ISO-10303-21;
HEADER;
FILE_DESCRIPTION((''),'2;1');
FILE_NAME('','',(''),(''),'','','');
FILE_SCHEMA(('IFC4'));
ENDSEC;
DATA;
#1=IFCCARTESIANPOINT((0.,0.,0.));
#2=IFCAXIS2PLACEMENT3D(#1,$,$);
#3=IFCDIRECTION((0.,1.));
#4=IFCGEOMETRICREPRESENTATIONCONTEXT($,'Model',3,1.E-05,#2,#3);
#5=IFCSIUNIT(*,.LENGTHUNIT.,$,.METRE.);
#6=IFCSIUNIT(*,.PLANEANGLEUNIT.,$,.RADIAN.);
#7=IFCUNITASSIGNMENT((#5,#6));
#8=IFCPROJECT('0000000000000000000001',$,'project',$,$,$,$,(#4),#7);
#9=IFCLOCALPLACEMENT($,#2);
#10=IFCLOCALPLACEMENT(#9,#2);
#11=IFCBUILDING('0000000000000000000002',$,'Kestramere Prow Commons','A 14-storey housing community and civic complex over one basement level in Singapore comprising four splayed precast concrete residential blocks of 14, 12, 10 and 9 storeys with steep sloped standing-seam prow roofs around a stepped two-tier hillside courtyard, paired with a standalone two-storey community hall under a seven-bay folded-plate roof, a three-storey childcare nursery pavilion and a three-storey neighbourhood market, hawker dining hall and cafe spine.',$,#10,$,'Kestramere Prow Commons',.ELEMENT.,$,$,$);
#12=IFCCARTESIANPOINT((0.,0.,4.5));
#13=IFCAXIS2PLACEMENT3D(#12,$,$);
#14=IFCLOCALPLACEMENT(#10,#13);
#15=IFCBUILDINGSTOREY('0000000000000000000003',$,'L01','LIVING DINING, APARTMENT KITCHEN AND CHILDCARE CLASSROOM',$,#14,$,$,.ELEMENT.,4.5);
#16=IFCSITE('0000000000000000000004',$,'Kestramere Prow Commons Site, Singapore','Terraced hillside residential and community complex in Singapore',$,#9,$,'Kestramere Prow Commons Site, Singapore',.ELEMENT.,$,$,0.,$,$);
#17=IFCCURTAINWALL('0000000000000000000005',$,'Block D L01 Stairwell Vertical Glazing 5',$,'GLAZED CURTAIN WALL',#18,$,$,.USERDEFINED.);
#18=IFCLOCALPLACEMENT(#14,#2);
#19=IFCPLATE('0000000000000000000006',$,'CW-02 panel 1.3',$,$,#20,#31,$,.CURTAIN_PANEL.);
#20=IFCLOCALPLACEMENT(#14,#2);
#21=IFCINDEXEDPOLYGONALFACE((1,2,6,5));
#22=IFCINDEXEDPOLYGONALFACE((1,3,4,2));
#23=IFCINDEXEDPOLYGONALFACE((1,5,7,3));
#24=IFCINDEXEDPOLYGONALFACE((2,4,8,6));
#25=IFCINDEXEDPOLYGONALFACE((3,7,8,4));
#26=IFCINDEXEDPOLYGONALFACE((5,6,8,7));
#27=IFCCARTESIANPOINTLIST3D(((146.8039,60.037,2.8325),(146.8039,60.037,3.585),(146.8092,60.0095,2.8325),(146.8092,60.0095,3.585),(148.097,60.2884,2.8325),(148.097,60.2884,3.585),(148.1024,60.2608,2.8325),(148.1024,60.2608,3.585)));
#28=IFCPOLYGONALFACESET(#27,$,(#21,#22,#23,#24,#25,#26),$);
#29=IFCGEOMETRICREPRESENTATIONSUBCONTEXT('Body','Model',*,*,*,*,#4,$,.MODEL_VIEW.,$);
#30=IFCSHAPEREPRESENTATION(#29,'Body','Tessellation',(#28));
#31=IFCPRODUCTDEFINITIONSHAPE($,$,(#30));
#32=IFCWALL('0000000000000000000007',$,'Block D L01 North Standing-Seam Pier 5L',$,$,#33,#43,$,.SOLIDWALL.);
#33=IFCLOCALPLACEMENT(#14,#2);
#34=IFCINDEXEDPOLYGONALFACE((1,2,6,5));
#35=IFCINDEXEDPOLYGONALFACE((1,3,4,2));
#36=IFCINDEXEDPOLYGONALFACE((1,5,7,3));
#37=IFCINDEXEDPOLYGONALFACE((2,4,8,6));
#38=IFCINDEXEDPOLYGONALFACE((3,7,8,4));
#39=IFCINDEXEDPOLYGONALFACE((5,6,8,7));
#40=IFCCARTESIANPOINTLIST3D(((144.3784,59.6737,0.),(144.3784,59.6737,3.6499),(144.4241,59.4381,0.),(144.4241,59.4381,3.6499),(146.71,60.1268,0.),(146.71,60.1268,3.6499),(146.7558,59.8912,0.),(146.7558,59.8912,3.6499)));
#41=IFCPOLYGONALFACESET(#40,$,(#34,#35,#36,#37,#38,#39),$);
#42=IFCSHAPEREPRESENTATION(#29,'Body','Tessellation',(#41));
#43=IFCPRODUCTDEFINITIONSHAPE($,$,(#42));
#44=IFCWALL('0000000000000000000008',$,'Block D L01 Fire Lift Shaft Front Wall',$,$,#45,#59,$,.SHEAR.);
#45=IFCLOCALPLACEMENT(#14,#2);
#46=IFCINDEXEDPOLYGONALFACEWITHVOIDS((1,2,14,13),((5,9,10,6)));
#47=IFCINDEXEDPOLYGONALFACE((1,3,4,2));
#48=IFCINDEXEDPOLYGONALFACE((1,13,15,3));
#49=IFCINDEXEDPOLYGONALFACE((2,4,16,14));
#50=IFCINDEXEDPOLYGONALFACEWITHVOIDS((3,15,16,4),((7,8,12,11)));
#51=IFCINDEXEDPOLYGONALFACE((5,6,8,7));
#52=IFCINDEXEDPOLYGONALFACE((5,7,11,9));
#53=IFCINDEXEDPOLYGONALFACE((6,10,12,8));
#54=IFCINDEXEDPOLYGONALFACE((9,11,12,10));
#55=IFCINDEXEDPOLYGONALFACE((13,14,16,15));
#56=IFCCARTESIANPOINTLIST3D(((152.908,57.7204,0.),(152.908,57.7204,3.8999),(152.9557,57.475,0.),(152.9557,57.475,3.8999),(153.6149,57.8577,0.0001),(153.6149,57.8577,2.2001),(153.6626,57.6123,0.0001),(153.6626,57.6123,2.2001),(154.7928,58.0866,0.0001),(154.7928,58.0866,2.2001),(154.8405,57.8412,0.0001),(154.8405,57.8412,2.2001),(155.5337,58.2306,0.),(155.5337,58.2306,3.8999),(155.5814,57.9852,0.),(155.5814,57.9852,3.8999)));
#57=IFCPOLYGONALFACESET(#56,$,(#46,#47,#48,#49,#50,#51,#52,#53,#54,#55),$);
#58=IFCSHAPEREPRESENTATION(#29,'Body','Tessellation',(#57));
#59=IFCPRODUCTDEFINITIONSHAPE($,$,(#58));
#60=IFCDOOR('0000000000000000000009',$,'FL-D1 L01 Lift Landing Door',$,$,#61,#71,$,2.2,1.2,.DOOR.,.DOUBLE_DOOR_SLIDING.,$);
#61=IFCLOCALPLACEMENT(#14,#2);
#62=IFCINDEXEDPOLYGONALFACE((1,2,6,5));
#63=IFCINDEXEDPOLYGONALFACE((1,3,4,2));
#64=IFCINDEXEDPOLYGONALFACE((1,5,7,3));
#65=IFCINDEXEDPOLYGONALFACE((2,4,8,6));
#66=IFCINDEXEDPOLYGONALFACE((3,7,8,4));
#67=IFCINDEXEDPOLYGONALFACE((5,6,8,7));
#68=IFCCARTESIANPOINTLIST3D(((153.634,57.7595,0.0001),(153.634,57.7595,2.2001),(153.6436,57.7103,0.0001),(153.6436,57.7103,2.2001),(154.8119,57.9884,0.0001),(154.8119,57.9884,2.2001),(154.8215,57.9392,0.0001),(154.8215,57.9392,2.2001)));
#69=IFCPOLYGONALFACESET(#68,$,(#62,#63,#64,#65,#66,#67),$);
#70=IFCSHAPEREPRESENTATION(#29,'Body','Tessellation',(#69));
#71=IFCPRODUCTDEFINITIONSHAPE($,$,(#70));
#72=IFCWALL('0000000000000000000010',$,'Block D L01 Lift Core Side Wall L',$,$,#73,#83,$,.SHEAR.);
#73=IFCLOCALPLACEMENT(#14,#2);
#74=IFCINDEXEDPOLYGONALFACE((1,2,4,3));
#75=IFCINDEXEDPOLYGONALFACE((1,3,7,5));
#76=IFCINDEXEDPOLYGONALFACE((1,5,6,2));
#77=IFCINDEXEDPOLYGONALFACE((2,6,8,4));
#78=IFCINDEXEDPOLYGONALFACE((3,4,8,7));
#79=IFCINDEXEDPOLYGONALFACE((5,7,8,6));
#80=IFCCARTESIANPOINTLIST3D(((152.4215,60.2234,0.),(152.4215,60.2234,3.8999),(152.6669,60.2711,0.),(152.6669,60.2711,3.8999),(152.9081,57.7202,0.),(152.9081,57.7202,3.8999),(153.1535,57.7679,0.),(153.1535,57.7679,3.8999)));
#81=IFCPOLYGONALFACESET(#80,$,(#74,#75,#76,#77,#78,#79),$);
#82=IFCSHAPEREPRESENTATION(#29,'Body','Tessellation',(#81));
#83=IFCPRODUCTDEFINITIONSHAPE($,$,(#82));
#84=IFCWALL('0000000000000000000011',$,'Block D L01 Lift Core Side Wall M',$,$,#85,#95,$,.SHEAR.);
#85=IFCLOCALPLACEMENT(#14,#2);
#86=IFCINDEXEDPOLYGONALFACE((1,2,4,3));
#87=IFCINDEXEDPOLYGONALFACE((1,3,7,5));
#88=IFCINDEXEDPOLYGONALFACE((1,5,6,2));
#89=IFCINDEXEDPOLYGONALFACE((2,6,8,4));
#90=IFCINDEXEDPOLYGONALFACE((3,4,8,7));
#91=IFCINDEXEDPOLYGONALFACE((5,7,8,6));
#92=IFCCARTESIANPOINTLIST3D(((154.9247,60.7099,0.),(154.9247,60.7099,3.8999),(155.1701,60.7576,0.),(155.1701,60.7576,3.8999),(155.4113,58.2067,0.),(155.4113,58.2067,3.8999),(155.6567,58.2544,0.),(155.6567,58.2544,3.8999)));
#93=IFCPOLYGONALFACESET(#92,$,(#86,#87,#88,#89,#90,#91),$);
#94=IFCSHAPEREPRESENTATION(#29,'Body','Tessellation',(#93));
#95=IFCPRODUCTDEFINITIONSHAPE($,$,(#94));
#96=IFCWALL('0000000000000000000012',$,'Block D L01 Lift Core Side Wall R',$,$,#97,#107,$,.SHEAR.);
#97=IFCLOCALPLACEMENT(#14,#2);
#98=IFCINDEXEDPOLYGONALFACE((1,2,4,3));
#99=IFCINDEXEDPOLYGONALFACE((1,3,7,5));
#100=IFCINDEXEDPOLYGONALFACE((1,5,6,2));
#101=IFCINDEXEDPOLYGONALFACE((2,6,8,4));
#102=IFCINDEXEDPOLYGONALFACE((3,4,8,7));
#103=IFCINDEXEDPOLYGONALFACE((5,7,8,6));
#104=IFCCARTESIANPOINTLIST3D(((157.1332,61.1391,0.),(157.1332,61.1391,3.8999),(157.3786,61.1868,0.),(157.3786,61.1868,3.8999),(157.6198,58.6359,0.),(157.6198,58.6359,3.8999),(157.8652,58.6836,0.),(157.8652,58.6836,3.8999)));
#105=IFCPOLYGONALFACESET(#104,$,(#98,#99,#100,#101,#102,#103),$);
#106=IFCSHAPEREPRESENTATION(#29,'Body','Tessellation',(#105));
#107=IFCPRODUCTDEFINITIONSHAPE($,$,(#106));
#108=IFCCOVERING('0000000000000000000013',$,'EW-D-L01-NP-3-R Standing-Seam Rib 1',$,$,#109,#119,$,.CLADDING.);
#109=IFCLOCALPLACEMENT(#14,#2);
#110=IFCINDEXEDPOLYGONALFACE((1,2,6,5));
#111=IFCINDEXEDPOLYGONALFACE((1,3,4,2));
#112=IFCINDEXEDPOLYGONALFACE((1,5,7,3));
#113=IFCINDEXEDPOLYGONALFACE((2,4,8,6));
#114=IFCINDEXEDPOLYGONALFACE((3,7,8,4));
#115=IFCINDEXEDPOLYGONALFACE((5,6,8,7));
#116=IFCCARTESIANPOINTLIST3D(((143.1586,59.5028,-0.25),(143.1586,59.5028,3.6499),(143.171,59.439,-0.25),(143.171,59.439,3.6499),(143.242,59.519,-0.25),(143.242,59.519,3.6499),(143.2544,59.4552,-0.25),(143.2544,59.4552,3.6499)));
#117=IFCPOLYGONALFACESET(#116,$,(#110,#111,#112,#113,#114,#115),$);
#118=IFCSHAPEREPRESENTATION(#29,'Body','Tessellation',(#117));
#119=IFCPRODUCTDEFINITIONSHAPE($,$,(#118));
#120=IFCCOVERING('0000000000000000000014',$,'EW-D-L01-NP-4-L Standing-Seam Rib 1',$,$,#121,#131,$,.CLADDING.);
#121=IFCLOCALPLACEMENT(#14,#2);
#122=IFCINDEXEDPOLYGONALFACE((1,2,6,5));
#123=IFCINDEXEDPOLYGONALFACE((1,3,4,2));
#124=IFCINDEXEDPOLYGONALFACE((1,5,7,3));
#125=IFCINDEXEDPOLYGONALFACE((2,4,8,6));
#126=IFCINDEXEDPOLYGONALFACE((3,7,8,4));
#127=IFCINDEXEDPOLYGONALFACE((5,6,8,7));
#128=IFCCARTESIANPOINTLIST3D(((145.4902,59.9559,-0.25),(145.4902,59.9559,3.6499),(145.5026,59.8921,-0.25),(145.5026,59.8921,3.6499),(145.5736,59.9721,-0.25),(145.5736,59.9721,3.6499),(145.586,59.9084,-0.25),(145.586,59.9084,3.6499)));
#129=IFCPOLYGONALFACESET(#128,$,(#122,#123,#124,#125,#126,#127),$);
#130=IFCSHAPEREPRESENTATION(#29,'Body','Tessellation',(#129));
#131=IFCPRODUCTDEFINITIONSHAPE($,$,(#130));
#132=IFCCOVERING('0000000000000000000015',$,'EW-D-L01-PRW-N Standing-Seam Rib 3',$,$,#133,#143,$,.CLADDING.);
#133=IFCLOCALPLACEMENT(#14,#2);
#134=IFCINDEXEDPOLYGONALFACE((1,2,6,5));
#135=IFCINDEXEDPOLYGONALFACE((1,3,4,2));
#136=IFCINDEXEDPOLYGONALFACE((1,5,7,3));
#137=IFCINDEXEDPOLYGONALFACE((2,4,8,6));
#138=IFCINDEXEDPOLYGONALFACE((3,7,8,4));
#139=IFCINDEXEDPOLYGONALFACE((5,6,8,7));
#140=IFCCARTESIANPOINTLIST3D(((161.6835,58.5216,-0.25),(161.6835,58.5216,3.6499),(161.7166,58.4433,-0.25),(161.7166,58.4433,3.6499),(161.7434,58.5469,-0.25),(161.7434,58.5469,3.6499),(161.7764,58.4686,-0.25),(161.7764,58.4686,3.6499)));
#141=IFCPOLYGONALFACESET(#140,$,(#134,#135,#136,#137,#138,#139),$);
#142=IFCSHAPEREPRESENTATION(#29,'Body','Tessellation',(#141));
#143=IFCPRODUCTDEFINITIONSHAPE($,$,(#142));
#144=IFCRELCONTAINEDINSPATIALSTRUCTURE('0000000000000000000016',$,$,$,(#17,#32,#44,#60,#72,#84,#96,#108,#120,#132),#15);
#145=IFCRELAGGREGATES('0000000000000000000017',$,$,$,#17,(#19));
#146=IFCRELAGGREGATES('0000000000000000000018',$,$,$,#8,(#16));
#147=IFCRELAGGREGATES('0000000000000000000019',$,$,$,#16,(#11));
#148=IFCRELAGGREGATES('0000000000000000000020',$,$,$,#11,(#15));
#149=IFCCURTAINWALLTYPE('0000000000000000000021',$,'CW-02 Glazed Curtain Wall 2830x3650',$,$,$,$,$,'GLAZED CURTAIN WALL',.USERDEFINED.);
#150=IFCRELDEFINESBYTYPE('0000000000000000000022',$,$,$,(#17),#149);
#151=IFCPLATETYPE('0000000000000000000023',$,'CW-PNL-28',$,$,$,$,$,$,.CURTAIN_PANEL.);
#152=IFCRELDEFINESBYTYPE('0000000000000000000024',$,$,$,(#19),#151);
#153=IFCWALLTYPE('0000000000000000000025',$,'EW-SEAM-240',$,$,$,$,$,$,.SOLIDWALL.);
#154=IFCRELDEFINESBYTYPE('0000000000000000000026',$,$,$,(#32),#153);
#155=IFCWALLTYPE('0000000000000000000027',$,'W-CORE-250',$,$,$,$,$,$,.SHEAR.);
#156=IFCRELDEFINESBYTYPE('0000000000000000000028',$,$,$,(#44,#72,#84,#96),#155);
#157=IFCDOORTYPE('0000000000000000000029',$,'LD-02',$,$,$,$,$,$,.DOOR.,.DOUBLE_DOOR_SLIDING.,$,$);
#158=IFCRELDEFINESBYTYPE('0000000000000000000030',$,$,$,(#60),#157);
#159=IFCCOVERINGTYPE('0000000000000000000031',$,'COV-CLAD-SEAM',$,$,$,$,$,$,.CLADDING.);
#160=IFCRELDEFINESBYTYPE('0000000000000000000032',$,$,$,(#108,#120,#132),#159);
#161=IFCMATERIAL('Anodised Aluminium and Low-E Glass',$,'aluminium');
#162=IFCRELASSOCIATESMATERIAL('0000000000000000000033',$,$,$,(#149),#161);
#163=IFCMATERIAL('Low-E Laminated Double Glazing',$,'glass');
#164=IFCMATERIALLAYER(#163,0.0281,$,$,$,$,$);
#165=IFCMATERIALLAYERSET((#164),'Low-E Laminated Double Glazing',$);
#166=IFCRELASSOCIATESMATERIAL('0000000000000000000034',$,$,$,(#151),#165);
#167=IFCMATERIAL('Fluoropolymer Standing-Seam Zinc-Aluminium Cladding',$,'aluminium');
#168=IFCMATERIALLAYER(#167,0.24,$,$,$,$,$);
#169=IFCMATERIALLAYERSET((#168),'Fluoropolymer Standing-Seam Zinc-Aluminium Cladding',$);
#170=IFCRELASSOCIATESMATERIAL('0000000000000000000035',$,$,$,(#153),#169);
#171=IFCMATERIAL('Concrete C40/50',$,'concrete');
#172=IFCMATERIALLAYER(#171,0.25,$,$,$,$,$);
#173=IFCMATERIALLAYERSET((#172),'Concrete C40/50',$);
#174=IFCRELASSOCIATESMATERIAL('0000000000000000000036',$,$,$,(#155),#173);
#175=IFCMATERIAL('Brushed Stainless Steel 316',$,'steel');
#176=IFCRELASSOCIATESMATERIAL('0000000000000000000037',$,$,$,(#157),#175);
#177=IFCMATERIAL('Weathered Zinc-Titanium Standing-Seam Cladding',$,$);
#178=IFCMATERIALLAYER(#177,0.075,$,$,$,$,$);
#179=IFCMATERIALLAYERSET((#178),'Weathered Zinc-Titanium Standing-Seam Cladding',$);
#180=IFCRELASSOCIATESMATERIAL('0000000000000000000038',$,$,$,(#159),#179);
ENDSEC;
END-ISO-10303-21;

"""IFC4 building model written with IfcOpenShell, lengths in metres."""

from ifc_helpers import new_model, si_unit, direction, frame, frame_2d, origin, origin_2d, place, context, subcontext, project, spatial, rectangle, extrude, material, layer, layer_set, type_object, element, fill, aggregate, save


model = new_model("IFC4")

# Units and contexts
model_context = context("Model", 3, precision=1e-05, world=origin(), true_north=direction((0.0, 1.0)))
body_context = subcontext(model_context, "Body", "Model", "MODEL_VIEW")
ifc_project = project(units=[si_unit("LENGTHUNIT", "METRE"), si_unit("PLANEANGLEUNIT", "RADIAN")], contexts=[model_context])

# Site, building, storey
site_placement = place(None, origin())
site = spatial("IfcSite", under=ifc_project, at=site_placement, Name="Kestramere Prow Commons Site, Singapore", Description="Terraced hillside residential and community complex in Singapore", LongName="Kestramere Prow Commons Site, Singapore", CompositionType="ELEMENT", RefElevation=0.0)
building_placement = place(site_placement, origin())
building = spatial("IfcBuilding", under=site, at=building_placement, Name="Kestramere Prow Commons", Description="A 14-storey housing community and civic complex over one basement level in Singapore comprising four splayed precast concrete residential blocks of 14, 12, 10 and 9 storeys with steep sloped standing-seam prow roofs around a stepped two-tier hillside courtyard, paired with a standalone two-storey community hall under a seven-bay folded-plate roof, a three-storey childcare nursery pavilion and a three-storey neighbourhood market, hawker dining hall and cafe spine.", LongName="Kestramere Prow Commons", CompositionType="ELEMENT")
storey_placement = place(building_placement, frame((0.0, 0.0, 4.5)))
storey = spatial("IfcBuildingStorey", under=building, at=storey_placement, Name="L01", Description="LIVING DINING, APARTMENT KITCHEN AND CHILDCARE CLASSROOM", CompositionType="ELEMENT", Elevation=4.5)

# Curtain wall
ifc_material_1 = material(Name="Anodised Aluminium and Low-E Glass", Category="aluminium")
curtain_wall_type = type_object("IfcCurtainWallType", Name="CW-02 Glazed Curtain Wall 2830x3650", ElementType="GLAZED CURTAIN WALL", PredefinedType="USERDEFINED", material=ifc_material_1)
curtain_wall_placement = place(storey_placement, origin())
curtain_wall = element("IfcCurtainWall", 1, at=curtain_wall_placement, inside=storey, type_object=curtain_wall_type, Name="Block D L01 Stairwell Vertical Glazing 5", ObjectType="GLAZED CURTAIN WALL", PredefinedType="USERDEFINED")

# Plate
ifc_material_2 = material(Name="Low-E Laminated Double Glazing", Category="glass")
ifc_layer_1 = layer(ifc_material_2, 0.0281)
ifc_layer_set_1 = layer_set([ifc_layer_1], Name="Low-E Laminated Double Glazing")
plate_type = type_object("IfcPlateType", Name="CW-PNL-28", PredefinedType="CURTAIN_PANEL", material=ifc_layer_set_1)
plate_1_placement = place(storey_placement, frame((147.4531, 60.1489, 2.8325), z_axis=(0.0, 0.0, 1.0), x_axis=(0.981627, 0.190809, 0.0)))
plate_1 = element("IfcPlate", 2, at=plate_1_placement, type_object=plate_type, Name="CW-02 panel 1.3", PredefinedType="CURTAIN_PANEL", context=body_context, shape_type="SweptSolid", body=[
    extrude(rectangle(XDim=1.3174, YDim=0.0281, at=origin_2d()), origin(), (0.0, 0.0, 1.0), 0.7524),
])
aggregate(curtain_wall, [plate_1])

# Wall
ifc_material_3 = material(Name="Fluoropolymer Standing-Seam Zinc-Aluminium Cladding", Category="aluminium")
ifc_layer_2 = layer(ifc_material_3, 0.24)
ifc_layer_set_2 = layer_set([ifc_layer_2], Name="Fluoropolymer Standing-Seam Zinc-Aluminium Cladding")
wall_type_1 = type_object("IfcWallType", Name="EW-SEAM-240", PredefinedType="SOLIDWALL", material=ifc_layer_set_2)
wall_1_placement = place(storey_placement, frame((144.4014, 59.5559, 0.0), z_axis=(0.0, 0.0, 1.0), x_axis=(0.981634, 0.190776, 0.0)))
element("IfcWall", 3, at=wall_1_placement, inside=storey, type_object=wall_type_1, Name="Block D L01 North Standing-Seam Pier 5L", PredefinedType="SOLIDWALL", context=body_context, shape_type="SweptSolid", body=[
    extrude(rectangle(XDim=2.3752, YDim=0.24, at=frame_2d((1.1875, 0.0))), origin(), (0.0, 0.0, 1.0), 3.6499),
])

# Wall, opening, door
ifc_material_4 = material(Name="Concrete C40/50", Category="concrete")
ifc_layer_3 = layer(ifc_material_4, 0.25)
ifc_layer_set_3 = layer_set([ifc_layer_3], Name="Concrete C40/50")
wall_type_2 = type_object("IfcWallType", Name="W-CORE-250", PredefinedType="SHEAR", material=ifc_layer_set_3)
wall_2_placement = place(storey_placement, frame((152.9319, 57.5977, 0.0), z_axis=(0.0, 0.0, 1.0), x_axis=(0.981637, 0.19076, 0.0)))
wall_2 = element("IfcWall", 4, at=wall_2_placement, inside=storey, type_object=wall_type_2, Name="Block D L01 Fire Lift Shaft Front Wall", PredefinedType="SHEAR", context=body_context, shape_type="SweptSolid", body=[
    extrude(rectangle(XDim=2.6748, YDim=0.25, at=frame_2d((1.3374, 0.0))), origin(), (0.0, 0.0, 1.0), 3.8999),
])
opening_1_placement = place(wall_2_placement, frame((0.72, 0.0, 0.0)))
opening_1 = element("IfcOpeningElement", 5, at=opening_1_placement, cuts=wall_2, PredefinedType="OPENING", context=body_context, shape_type="SweptSolid", body=[
    extrude(rectangle(XDim=1.2, YDim=2.2, at=frame_2d((0.6001, 1.1001))), frame((0.0, 0.1399, 0.0), z_axis=(0.0, -1.0, 0.0), x_axis=(1.0, 0.0, 0.0)), (0.0, 0.0, 1.0), 0.28),
])
ifc_material_5 = material(Name="Brushed Stainless Steel 316", Category="steel")
door_type_1 = type_object("IfcDoorType", Name="LD-02", OperationType="DOUBLE_DOOR_SLIDING", PredefinedType="DOOR", material=ifc_material_5)
door_1_placement = place(opening_1_placement, origin())
door_1 = element("IfcDoor", 6, at=door_1_placement, inside=storey, type_object=door_type_1, Name="FL-D1 L01 Lift Landing Door", OperationType="DOUBLE_DOOR_SLIDING", OverallHeight=2.2, OverallWidth=1.2, PredefinedType="DOOR", context=body_context, shape_type="SweptSolid", body=[
    extrude(rectangle(XDim=1.2, YDim=2.2, at=frame_2d((0.6001, 1.1001))), frame((0.0, 0.0249, 0.0), z_axis=(0.0, -1.0, 0.0), x_axis=(1.0, 0.0, 0.0)), (0.0, 0.0, 1.0), 0.05),
])
fill(opening_1, door_1)

# Walls
for number, where, z_axis, x_axis, name in (
    (7, (153.0308, 57.7441, 0.0), (0.0, 0.0, 1.0), (-0.190811, 0.981627, 0.0), "Block D L01 Lift Core Side Wall L"),
    (8, (155.5339, 58.2307, 0.0), (0.0, 0.0, 1.0), (-0.190811, 0.981627, 0.0), "Block D L01 Lift Core Side Wall M"),
    (9, (157.7424, 58.6599, 0.0), (0.0, 0.0, 1.0), (-0.190811, 0.981627, 0.0), "Block D L01 Lift Core Side Wall R"),
):
    element("IfcWall", number, at=place(storey_placement, frame(where, z_axis=z_axis, x_axis=x_axis)), inside=storey, type_object=wall_type_2, Name=name, PredefinedType="SHEAR", context=body_context, shape_type="SweptSolid", body=[
        extrude(rectangle(XDim=2.55, YDim=0.25, at=frame_2d((1.2749, 0.0))), origin(), (0.0, 0.0, 1.0), 3.8999),
    ])

# Coverings
ifc_material_6 = material(Name="Weathered Zinc-Titanium Standing-Seam Cladding")
ifc_layer_4 = layer(ifc_material_6, 0.075)
ifc_layer_set_4 = layer_set([ifc_layer_4], Name="Weathered Zinc-Titanium Standing-Seam Cladding")
covering_type = type_object("IfcCoveringType", Name="COV-CLAD-SEAM", PredefinedType="CLADDING", material=ifc_layer_set_4)
for number, where, z_axis, x_axis, name in (
    (10, (143.2065, 59.479, -0.25), (0.0, 0.0, 1.0), (0.981627, 0.190809, 0.0), "EW-D-L01-NP-3-R Standing-Seam Rib 1"),
    (11, (145.5381, 59.9321, -0.25), (0.0, 0.0, 1.0), (0.981627, 0.190809, 0.0), "EW-D-L01-NP-4-L Standing-Seam Rib 1"),
    (12, (161.73, 58.4951, -0.25), (0.0, 0.0, 1.0), (0.38922, -0.921145, 0.0), "EW-D-L01-PRW-N Standing-Seam Rib 3"),
):
    element("IfcCovering", number, at=place(storey_placement, frame(where, z_axis=z_axis, x_axis=x_axis)), inside=storey, type_object=covering_type, Name=name, PredefinedType="CLADDING", context=body_context, shape_type="SweptSolid", body=[
        extrude(rectangle(XDim=0.085, YDim=0.0649, at=origin_2d()), origin(), (0.0, 0.0, 1.0), 3.8999),
    ])

save(model, "model.ifc")
